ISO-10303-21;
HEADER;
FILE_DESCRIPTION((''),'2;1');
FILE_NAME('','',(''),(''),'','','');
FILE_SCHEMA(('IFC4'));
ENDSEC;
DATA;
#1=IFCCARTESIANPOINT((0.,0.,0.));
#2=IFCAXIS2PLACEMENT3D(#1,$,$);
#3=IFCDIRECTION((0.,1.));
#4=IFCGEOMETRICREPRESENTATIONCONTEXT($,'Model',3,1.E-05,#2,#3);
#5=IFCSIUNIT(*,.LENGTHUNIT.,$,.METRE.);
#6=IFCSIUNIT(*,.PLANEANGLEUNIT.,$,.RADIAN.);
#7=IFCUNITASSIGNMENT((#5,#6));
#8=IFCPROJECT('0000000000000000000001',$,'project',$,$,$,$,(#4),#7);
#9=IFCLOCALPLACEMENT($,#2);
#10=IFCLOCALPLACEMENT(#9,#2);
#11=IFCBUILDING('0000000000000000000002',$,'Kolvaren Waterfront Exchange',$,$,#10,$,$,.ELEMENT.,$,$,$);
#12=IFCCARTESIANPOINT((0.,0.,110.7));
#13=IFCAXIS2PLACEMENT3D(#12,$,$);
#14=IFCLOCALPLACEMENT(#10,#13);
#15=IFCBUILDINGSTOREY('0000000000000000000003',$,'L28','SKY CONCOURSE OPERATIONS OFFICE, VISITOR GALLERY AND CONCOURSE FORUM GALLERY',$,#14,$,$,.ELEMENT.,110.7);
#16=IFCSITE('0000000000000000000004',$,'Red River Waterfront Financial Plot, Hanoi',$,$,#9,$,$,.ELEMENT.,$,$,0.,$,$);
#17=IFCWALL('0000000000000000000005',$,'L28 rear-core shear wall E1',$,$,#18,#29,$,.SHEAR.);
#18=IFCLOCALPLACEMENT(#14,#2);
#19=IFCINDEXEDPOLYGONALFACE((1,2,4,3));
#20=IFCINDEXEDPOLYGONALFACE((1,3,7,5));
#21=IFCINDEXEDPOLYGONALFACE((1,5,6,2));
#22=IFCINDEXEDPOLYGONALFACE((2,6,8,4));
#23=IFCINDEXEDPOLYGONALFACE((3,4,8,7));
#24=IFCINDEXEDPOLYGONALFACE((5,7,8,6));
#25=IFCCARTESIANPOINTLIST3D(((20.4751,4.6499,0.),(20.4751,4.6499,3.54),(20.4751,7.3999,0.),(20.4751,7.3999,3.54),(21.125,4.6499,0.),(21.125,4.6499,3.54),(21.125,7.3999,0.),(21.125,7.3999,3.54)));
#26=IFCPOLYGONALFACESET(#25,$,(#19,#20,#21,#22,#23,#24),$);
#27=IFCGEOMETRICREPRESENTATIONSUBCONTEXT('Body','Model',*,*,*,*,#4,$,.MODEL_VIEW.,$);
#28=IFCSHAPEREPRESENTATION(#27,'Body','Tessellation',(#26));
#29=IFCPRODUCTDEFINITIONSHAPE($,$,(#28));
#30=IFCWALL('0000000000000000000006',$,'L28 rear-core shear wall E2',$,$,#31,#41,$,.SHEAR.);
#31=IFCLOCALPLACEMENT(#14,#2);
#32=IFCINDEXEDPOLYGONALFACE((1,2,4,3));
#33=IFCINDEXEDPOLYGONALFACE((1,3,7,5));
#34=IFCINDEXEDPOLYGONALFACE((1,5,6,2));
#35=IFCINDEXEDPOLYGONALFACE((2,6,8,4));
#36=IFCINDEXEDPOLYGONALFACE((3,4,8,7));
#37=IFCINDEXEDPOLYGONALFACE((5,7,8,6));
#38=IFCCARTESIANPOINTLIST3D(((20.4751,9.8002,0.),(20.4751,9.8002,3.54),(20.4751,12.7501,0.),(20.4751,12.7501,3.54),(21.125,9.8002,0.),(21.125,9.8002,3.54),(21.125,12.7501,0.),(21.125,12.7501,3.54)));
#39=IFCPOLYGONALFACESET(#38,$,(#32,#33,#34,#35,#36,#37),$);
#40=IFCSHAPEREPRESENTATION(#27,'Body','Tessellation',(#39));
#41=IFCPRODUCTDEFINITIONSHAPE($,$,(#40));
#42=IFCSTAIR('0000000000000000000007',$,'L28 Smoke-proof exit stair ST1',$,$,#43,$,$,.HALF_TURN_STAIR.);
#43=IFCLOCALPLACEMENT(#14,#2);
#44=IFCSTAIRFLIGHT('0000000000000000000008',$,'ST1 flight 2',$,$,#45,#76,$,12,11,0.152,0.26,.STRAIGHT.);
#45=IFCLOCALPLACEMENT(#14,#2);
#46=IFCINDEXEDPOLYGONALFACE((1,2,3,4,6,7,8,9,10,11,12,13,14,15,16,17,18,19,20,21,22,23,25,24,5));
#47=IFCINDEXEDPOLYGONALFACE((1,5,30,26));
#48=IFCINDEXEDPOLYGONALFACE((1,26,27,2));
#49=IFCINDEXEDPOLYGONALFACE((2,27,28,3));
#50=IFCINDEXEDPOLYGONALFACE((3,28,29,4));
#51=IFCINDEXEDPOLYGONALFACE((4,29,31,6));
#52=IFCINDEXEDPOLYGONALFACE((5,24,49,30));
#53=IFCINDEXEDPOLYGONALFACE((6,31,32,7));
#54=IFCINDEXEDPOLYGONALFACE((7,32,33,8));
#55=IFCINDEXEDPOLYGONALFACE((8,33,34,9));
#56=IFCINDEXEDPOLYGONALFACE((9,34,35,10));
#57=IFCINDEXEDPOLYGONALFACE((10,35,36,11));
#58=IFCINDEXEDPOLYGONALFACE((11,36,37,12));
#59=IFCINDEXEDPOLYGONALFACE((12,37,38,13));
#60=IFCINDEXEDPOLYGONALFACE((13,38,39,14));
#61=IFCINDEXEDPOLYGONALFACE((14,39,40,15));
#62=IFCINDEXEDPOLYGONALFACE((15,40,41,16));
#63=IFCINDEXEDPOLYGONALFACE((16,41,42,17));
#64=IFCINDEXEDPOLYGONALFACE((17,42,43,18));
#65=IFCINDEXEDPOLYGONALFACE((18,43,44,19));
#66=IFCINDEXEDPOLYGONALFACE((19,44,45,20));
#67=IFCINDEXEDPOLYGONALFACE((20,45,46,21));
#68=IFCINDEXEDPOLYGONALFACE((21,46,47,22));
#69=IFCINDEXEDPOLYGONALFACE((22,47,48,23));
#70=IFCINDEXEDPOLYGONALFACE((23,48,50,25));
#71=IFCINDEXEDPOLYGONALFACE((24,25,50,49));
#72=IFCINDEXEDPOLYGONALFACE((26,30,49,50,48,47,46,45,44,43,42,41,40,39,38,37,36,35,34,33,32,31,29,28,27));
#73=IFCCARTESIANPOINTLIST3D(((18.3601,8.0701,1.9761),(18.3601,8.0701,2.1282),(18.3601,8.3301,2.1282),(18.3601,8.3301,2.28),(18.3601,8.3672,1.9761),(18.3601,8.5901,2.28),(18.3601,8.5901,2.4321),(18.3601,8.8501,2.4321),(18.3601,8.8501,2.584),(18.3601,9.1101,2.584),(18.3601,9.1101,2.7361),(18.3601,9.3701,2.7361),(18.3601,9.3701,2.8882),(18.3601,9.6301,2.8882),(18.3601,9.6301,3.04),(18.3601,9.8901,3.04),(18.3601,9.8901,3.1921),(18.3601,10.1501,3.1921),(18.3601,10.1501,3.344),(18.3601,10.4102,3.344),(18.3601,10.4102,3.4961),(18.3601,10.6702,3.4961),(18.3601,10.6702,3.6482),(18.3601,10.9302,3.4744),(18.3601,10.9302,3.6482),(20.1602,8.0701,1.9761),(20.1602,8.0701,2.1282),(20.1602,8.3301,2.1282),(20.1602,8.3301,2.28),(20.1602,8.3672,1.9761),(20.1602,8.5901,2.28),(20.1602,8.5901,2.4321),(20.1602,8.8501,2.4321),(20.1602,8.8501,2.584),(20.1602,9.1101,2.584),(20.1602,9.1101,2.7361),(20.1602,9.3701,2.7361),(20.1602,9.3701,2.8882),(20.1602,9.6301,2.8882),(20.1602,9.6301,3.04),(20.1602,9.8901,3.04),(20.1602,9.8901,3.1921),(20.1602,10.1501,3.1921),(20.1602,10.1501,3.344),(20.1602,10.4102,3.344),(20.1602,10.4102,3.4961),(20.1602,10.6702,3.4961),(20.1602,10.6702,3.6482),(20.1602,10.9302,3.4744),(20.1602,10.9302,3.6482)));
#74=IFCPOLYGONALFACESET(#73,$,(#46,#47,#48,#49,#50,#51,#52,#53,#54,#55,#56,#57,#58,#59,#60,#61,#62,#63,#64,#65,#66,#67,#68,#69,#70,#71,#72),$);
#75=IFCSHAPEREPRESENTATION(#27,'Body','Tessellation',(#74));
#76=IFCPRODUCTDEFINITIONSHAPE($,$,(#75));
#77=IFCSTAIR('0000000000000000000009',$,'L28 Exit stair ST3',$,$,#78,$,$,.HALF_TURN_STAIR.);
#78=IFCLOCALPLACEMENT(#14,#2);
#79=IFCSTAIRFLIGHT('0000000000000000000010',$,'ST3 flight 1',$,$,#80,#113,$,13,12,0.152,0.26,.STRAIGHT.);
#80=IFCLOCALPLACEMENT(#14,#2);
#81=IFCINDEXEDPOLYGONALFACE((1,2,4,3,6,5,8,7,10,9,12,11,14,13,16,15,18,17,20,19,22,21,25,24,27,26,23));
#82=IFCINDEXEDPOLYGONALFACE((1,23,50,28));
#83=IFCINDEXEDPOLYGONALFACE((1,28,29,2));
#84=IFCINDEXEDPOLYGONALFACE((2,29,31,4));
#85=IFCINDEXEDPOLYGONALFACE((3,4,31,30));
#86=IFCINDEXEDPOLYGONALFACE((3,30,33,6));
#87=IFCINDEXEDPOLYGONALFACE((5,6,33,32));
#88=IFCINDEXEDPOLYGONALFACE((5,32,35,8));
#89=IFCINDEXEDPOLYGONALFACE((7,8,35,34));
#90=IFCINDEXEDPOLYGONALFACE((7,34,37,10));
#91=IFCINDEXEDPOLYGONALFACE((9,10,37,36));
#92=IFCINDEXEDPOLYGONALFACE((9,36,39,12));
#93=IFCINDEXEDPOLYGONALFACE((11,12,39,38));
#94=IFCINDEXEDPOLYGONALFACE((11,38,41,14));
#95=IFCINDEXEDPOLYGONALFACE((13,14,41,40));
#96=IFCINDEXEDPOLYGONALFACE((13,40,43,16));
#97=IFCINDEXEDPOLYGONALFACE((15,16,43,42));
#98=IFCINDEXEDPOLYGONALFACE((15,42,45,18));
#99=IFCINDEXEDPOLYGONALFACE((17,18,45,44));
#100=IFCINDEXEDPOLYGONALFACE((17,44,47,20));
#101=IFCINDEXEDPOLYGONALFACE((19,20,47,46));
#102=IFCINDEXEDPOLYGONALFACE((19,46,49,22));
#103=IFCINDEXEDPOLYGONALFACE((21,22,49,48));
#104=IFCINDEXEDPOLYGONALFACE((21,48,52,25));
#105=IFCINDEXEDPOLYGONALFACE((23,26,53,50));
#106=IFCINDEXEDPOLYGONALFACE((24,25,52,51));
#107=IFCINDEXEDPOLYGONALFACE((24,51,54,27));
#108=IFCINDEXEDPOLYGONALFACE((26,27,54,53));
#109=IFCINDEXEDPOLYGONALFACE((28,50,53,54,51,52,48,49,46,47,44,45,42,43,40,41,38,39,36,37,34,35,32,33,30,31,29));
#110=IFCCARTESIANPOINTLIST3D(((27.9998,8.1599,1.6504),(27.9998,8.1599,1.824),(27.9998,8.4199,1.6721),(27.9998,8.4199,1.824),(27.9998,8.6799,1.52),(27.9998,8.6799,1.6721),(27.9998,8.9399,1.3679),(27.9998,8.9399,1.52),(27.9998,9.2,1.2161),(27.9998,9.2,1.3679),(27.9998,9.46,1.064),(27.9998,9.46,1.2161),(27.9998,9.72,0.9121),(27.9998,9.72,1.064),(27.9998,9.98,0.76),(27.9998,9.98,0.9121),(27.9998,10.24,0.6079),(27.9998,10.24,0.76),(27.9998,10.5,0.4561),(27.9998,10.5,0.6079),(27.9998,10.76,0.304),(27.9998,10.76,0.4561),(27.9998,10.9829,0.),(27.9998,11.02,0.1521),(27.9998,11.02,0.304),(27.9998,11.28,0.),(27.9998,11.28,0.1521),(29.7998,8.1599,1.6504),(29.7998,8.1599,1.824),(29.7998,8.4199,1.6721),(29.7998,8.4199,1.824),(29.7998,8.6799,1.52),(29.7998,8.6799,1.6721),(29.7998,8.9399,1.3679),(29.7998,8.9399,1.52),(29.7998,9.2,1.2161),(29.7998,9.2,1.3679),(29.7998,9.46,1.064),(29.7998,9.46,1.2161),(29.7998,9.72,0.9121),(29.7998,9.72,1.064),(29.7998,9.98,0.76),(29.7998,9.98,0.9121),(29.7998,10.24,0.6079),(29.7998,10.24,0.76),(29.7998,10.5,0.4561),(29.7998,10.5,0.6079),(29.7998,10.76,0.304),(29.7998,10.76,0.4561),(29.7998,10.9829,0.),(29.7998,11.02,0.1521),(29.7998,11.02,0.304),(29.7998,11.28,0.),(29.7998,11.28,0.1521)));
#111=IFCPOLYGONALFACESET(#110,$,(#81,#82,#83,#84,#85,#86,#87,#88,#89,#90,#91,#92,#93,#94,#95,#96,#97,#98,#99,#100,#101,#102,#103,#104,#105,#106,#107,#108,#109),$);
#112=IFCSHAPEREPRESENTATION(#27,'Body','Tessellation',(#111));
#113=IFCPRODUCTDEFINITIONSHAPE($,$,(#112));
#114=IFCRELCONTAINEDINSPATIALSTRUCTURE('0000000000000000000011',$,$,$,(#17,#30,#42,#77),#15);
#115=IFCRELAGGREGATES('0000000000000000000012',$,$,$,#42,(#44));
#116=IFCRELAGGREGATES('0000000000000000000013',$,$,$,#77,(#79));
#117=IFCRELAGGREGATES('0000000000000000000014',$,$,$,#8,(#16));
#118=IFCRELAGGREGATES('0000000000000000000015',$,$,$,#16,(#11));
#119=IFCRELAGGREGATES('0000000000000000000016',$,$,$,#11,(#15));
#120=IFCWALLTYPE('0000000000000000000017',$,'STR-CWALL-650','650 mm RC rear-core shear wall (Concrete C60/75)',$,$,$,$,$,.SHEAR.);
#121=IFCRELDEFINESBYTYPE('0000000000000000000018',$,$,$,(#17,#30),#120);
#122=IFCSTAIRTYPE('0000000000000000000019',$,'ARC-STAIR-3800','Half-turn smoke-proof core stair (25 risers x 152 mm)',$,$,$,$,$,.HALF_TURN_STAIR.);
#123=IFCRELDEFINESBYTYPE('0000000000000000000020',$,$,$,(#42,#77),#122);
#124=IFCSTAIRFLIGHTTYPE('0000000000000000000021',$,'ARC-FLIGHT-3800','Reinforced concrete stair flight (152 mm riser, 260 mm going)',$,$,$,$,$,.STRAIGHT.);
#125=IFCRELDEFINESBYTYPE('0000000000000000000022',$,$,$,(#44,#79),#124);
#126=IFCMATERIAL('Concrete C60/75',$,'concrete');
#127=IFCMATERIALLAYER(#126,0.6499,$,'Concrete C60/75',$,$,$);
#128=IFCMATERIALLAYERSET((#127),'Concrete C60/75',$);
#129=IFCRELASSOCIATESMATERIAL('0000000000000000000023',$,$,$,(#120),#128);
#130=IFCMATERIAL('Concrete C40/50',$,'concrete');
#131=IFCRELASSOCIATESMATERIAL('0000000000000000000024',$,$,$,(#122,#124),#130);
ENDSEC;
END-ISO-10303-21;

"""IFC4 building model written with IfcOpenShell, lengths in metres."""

from ifc_helpers import new_model, si_unit, direction, frame, frame_2d, origin, place, context, subcontext, project, spatial, polyline, rectangle, outline, extrude, material, layer, layer_set, type_object, element, aggregate, save


model = new_model("IFC4")

# Units and contexts
model_context = context("Model", 3, precision=1e-05, world=origin(), true_north=direction((0.0, 1.0)))
body_context = subcontext(model_context, "Body", "Model", "MODEL_VIEW")
ifc_project = project(units=[si_unit("LENGTHUNIT", "METRE"), si_unit("PLANEANGLEUNIT", "RADIAN")], contexts=[model_context])

# Site, building, storey
site_placement = place(None, origin())
site = spatial("IfcSite", under=ifc_project, at=site_placement, Name="Red River Waterfront Financial Plot, Hanoi", CompositionType="ELEMENT", RefElevation=0.0)
building_placement = place(site_placement, origin())
building = spatial("IfcBuilding", under=site, at=building_placement, Name="Kolvaren Waterfront Exchange", CompositionType="ELEMENT")
storey_placement = place(building_placement, frame((0.0, 0.0, 110.7)))
storey = spatial("IfcBuildingStorey", under=building, at=storey_placement, Name="L28", Description="SKY CONCOURSE OPERATIONS OFFICE, VISITOR GALLERY AND CONCOURSE FORUM GALLERY", CompositionType="ELEMENT", Elevation=110.7)

# Shared definitions
ifc_material_1 = material(Name="Concrete C60/75", Category="concrete")

# Shared definitions
ifc_material_2 = material(Name="Concrete C40/50", Category="concrete")

# Walls
ifc_layer_1 = layer(ifc_material_1, 0.6499, Name="Concrete C60/75")
ifc_layer_set_1 = layer_set([ifc_layer_1], Name="Concrete C60/75")
wall_type_1 = type_object("IfcWallType", Name="STR-CWALL-650", Description="650 mm RC rear-core shear wall (Concrete C60/75)", PredefinedType="SHEAR", material=ifc_layer_set_1)
wall_1_placement = place(storey_placement, frame((20.8, 4.6499, 0.0), z_axis=(0.0, 0.0, 1.0), x_axis=(0.0, 1.0, 0.0)))
element("IfcWall", 1, at=wall_1_placement, inside=storey, type_object=wall_type_1, Name="L28 rear-core shear wall E1", PredefinedType="SHEAR", context=body_context, shape_type="SweptSolid", body=[
    extrude(rectangle(XDim=2.75, YDim=0.6499, at=frame_2d((1.375, 0.0))), origin(), (0.0, 0.0, 1.0), 3.54),
])
wall_2_placement = place(storey_placement, frame((20.8, 9.8, 0.0), z_axis=(0.0, 0.0, 1.0), x_axis=(0.0, 1.0, 0.0)))
element("IfcWall", 2, at=wall_2_placement, inside=storey, type_object=wall_type_1, Name="L28 rear-core shear wall E2", PredefinedType="SHEAR", context=body_context, shape_type="SweptSolid", body=[
    extrude(rectangle(XDim=2.95, YDim=0.6499, at=frame_2d((1.4751, 0.0))), origin(), (0.0, 0.0, 1.0), 3.54),
])

# Stairs, stair flights
stair_type = type_object("IfcStairType", Name="ARC-STAIR-3800", Description="Half-turn smoke-proof core stair (25 risers x 152 mm)", PredefinedType="HALF_TURN_STAIR", material=ifc_material_2)
stair_1_placement = place(storey_placement, origin())
stair_1 = element("IfcStair", 3, at=stair_1_placement, inside=storey, type_object=stair_type, Name="L28 Smoke-proof exit stair ST1", PredefinedType="HALF_TURN_STAIR")
stair_flight_type = type_object("IfcStairFlightType", Name="ARC-FLIGHT-3800", Description="Reinforced concrete stair flight (152 mm riser, 260 mm going)", PredefinedType="STRAIGHT", material=ifc_material_2)
stair_flight_1_placement = place(storey_placement, frame((19.26, 8.0701, 1.9761), z_axis=(0.0, 0.0, 1.0), x_axis=(0.0, 1.0, 0.0)))
stair_flight_1 = element("IfcStairFlight", 4, at=stair_flight_1_placement, type_object=stair_flight_type, Name="ST1 flight 2", NumberOfRisers=12, NumberOfTreads=11, PredefinedType="STRAIGHT", RiserHeight=0.152, TreadLength=0.26, context=body_context, shape_type="SweptSolid", body=[
    extrude(outline(polyline([(0.0, 0.0), (0.0, 0.1521), (0.26, 0.1521), (0.26, 0.304), (0.52, 0.304), (0.52, 0.4561), (0.78, 0.4561), (0.78, 0.6079), (1.04, 0.6079), (1.04, 0.76), (1.3, 0.76), (1.3, 0.9121), (1.5601, 0.9121), (1.5601, 1.064), (1.8201, 1.064), (1.8201, 1.2161), (2.0801, 1.2161), (2.0801, 1.3679), (2.3401, 1.3679), (2.3401, 1.52), (2.6001, 1.52), (2.6001, 1.6721), (2.8601, 1.6721), (2.8601, 1.824), (2.8601, 1.4983), (0.2971, 0.0), (0.0, 0.0)])), frame((0.0, 0.8999, 0.0), z_axis=(0.0, -1.0, 0.0), x_axis=(1.0, 0.0, 0.0)), (0.0, 0.0, 1.0), 1.8),
])
aggregate(stair_1, [stair_flight_1])
stair_2_placement = place(storey_placement, origin())
stair_2 = element("IfcStair", 5, at=stair_2_placement, inside=storey, type_object=stair_type, Name="L28 Exit stair ST3", PredefinedType="HALF_TURN_STAIR")
stair_flight_2_placement = place(storey_placement, frame((28.8999, 11.28, 0.0), z_axis=(0.0, 0.0, 1.0), x_axis=(0.0, -1.0, 0.0)))
stair_flight_2 = element("IfcStairFlight", 6, at=stair_flight_2_placement, type_object=stair_flight_type, Name="ST3 flight 1", NumberOfRisers=13, NumberOfTreads=12, PredefinedType="STRAIGHT", RiserHeight=0.152, TreadLength=0.26, context=body_context, shape_type="SweptSolid", body=[
    extrude(outline(polyline([(0.0, 0.0), (0.0, 0.1521), (0.26, 0.1521), (0.26, 0.304), (0.52, 0.304), (0.52, 0.4561), (0.78, 0.4561), (0.78, 0.6079), (1.04, 0.6079), (1.04, 0.76), (1.3, 0.76), (1.3, 0.9121), (1.5601, 0.9121), (1.5601, 1.064), (1.8201, 1.064), (1.8201, 1.2161), (2.0801, 1.2161), (2.0801, 1.3679), (2.3401, 1.3679), (2.3401, 1.52), (2.6001, 1.52), (2.6001, 1.6721), (2.8601, 1.6721), (2.8601, 1.824), (3.1201, 1.824), (3.1201, 1.9761), (3.1201, 1.6504), (0.2971, 0.0), (0.0, 0.0)])), frame((0.0, 0.8999, 0.0), z_axis=(0.0, -1.0, 0.0), x_axis=(1.0, 0.0, 0.0)), (0.0, 0.0, 1.0), 1.8),
])
aggregate(stair_2, [stair_flight_2])

save(model, "model.ifc")
